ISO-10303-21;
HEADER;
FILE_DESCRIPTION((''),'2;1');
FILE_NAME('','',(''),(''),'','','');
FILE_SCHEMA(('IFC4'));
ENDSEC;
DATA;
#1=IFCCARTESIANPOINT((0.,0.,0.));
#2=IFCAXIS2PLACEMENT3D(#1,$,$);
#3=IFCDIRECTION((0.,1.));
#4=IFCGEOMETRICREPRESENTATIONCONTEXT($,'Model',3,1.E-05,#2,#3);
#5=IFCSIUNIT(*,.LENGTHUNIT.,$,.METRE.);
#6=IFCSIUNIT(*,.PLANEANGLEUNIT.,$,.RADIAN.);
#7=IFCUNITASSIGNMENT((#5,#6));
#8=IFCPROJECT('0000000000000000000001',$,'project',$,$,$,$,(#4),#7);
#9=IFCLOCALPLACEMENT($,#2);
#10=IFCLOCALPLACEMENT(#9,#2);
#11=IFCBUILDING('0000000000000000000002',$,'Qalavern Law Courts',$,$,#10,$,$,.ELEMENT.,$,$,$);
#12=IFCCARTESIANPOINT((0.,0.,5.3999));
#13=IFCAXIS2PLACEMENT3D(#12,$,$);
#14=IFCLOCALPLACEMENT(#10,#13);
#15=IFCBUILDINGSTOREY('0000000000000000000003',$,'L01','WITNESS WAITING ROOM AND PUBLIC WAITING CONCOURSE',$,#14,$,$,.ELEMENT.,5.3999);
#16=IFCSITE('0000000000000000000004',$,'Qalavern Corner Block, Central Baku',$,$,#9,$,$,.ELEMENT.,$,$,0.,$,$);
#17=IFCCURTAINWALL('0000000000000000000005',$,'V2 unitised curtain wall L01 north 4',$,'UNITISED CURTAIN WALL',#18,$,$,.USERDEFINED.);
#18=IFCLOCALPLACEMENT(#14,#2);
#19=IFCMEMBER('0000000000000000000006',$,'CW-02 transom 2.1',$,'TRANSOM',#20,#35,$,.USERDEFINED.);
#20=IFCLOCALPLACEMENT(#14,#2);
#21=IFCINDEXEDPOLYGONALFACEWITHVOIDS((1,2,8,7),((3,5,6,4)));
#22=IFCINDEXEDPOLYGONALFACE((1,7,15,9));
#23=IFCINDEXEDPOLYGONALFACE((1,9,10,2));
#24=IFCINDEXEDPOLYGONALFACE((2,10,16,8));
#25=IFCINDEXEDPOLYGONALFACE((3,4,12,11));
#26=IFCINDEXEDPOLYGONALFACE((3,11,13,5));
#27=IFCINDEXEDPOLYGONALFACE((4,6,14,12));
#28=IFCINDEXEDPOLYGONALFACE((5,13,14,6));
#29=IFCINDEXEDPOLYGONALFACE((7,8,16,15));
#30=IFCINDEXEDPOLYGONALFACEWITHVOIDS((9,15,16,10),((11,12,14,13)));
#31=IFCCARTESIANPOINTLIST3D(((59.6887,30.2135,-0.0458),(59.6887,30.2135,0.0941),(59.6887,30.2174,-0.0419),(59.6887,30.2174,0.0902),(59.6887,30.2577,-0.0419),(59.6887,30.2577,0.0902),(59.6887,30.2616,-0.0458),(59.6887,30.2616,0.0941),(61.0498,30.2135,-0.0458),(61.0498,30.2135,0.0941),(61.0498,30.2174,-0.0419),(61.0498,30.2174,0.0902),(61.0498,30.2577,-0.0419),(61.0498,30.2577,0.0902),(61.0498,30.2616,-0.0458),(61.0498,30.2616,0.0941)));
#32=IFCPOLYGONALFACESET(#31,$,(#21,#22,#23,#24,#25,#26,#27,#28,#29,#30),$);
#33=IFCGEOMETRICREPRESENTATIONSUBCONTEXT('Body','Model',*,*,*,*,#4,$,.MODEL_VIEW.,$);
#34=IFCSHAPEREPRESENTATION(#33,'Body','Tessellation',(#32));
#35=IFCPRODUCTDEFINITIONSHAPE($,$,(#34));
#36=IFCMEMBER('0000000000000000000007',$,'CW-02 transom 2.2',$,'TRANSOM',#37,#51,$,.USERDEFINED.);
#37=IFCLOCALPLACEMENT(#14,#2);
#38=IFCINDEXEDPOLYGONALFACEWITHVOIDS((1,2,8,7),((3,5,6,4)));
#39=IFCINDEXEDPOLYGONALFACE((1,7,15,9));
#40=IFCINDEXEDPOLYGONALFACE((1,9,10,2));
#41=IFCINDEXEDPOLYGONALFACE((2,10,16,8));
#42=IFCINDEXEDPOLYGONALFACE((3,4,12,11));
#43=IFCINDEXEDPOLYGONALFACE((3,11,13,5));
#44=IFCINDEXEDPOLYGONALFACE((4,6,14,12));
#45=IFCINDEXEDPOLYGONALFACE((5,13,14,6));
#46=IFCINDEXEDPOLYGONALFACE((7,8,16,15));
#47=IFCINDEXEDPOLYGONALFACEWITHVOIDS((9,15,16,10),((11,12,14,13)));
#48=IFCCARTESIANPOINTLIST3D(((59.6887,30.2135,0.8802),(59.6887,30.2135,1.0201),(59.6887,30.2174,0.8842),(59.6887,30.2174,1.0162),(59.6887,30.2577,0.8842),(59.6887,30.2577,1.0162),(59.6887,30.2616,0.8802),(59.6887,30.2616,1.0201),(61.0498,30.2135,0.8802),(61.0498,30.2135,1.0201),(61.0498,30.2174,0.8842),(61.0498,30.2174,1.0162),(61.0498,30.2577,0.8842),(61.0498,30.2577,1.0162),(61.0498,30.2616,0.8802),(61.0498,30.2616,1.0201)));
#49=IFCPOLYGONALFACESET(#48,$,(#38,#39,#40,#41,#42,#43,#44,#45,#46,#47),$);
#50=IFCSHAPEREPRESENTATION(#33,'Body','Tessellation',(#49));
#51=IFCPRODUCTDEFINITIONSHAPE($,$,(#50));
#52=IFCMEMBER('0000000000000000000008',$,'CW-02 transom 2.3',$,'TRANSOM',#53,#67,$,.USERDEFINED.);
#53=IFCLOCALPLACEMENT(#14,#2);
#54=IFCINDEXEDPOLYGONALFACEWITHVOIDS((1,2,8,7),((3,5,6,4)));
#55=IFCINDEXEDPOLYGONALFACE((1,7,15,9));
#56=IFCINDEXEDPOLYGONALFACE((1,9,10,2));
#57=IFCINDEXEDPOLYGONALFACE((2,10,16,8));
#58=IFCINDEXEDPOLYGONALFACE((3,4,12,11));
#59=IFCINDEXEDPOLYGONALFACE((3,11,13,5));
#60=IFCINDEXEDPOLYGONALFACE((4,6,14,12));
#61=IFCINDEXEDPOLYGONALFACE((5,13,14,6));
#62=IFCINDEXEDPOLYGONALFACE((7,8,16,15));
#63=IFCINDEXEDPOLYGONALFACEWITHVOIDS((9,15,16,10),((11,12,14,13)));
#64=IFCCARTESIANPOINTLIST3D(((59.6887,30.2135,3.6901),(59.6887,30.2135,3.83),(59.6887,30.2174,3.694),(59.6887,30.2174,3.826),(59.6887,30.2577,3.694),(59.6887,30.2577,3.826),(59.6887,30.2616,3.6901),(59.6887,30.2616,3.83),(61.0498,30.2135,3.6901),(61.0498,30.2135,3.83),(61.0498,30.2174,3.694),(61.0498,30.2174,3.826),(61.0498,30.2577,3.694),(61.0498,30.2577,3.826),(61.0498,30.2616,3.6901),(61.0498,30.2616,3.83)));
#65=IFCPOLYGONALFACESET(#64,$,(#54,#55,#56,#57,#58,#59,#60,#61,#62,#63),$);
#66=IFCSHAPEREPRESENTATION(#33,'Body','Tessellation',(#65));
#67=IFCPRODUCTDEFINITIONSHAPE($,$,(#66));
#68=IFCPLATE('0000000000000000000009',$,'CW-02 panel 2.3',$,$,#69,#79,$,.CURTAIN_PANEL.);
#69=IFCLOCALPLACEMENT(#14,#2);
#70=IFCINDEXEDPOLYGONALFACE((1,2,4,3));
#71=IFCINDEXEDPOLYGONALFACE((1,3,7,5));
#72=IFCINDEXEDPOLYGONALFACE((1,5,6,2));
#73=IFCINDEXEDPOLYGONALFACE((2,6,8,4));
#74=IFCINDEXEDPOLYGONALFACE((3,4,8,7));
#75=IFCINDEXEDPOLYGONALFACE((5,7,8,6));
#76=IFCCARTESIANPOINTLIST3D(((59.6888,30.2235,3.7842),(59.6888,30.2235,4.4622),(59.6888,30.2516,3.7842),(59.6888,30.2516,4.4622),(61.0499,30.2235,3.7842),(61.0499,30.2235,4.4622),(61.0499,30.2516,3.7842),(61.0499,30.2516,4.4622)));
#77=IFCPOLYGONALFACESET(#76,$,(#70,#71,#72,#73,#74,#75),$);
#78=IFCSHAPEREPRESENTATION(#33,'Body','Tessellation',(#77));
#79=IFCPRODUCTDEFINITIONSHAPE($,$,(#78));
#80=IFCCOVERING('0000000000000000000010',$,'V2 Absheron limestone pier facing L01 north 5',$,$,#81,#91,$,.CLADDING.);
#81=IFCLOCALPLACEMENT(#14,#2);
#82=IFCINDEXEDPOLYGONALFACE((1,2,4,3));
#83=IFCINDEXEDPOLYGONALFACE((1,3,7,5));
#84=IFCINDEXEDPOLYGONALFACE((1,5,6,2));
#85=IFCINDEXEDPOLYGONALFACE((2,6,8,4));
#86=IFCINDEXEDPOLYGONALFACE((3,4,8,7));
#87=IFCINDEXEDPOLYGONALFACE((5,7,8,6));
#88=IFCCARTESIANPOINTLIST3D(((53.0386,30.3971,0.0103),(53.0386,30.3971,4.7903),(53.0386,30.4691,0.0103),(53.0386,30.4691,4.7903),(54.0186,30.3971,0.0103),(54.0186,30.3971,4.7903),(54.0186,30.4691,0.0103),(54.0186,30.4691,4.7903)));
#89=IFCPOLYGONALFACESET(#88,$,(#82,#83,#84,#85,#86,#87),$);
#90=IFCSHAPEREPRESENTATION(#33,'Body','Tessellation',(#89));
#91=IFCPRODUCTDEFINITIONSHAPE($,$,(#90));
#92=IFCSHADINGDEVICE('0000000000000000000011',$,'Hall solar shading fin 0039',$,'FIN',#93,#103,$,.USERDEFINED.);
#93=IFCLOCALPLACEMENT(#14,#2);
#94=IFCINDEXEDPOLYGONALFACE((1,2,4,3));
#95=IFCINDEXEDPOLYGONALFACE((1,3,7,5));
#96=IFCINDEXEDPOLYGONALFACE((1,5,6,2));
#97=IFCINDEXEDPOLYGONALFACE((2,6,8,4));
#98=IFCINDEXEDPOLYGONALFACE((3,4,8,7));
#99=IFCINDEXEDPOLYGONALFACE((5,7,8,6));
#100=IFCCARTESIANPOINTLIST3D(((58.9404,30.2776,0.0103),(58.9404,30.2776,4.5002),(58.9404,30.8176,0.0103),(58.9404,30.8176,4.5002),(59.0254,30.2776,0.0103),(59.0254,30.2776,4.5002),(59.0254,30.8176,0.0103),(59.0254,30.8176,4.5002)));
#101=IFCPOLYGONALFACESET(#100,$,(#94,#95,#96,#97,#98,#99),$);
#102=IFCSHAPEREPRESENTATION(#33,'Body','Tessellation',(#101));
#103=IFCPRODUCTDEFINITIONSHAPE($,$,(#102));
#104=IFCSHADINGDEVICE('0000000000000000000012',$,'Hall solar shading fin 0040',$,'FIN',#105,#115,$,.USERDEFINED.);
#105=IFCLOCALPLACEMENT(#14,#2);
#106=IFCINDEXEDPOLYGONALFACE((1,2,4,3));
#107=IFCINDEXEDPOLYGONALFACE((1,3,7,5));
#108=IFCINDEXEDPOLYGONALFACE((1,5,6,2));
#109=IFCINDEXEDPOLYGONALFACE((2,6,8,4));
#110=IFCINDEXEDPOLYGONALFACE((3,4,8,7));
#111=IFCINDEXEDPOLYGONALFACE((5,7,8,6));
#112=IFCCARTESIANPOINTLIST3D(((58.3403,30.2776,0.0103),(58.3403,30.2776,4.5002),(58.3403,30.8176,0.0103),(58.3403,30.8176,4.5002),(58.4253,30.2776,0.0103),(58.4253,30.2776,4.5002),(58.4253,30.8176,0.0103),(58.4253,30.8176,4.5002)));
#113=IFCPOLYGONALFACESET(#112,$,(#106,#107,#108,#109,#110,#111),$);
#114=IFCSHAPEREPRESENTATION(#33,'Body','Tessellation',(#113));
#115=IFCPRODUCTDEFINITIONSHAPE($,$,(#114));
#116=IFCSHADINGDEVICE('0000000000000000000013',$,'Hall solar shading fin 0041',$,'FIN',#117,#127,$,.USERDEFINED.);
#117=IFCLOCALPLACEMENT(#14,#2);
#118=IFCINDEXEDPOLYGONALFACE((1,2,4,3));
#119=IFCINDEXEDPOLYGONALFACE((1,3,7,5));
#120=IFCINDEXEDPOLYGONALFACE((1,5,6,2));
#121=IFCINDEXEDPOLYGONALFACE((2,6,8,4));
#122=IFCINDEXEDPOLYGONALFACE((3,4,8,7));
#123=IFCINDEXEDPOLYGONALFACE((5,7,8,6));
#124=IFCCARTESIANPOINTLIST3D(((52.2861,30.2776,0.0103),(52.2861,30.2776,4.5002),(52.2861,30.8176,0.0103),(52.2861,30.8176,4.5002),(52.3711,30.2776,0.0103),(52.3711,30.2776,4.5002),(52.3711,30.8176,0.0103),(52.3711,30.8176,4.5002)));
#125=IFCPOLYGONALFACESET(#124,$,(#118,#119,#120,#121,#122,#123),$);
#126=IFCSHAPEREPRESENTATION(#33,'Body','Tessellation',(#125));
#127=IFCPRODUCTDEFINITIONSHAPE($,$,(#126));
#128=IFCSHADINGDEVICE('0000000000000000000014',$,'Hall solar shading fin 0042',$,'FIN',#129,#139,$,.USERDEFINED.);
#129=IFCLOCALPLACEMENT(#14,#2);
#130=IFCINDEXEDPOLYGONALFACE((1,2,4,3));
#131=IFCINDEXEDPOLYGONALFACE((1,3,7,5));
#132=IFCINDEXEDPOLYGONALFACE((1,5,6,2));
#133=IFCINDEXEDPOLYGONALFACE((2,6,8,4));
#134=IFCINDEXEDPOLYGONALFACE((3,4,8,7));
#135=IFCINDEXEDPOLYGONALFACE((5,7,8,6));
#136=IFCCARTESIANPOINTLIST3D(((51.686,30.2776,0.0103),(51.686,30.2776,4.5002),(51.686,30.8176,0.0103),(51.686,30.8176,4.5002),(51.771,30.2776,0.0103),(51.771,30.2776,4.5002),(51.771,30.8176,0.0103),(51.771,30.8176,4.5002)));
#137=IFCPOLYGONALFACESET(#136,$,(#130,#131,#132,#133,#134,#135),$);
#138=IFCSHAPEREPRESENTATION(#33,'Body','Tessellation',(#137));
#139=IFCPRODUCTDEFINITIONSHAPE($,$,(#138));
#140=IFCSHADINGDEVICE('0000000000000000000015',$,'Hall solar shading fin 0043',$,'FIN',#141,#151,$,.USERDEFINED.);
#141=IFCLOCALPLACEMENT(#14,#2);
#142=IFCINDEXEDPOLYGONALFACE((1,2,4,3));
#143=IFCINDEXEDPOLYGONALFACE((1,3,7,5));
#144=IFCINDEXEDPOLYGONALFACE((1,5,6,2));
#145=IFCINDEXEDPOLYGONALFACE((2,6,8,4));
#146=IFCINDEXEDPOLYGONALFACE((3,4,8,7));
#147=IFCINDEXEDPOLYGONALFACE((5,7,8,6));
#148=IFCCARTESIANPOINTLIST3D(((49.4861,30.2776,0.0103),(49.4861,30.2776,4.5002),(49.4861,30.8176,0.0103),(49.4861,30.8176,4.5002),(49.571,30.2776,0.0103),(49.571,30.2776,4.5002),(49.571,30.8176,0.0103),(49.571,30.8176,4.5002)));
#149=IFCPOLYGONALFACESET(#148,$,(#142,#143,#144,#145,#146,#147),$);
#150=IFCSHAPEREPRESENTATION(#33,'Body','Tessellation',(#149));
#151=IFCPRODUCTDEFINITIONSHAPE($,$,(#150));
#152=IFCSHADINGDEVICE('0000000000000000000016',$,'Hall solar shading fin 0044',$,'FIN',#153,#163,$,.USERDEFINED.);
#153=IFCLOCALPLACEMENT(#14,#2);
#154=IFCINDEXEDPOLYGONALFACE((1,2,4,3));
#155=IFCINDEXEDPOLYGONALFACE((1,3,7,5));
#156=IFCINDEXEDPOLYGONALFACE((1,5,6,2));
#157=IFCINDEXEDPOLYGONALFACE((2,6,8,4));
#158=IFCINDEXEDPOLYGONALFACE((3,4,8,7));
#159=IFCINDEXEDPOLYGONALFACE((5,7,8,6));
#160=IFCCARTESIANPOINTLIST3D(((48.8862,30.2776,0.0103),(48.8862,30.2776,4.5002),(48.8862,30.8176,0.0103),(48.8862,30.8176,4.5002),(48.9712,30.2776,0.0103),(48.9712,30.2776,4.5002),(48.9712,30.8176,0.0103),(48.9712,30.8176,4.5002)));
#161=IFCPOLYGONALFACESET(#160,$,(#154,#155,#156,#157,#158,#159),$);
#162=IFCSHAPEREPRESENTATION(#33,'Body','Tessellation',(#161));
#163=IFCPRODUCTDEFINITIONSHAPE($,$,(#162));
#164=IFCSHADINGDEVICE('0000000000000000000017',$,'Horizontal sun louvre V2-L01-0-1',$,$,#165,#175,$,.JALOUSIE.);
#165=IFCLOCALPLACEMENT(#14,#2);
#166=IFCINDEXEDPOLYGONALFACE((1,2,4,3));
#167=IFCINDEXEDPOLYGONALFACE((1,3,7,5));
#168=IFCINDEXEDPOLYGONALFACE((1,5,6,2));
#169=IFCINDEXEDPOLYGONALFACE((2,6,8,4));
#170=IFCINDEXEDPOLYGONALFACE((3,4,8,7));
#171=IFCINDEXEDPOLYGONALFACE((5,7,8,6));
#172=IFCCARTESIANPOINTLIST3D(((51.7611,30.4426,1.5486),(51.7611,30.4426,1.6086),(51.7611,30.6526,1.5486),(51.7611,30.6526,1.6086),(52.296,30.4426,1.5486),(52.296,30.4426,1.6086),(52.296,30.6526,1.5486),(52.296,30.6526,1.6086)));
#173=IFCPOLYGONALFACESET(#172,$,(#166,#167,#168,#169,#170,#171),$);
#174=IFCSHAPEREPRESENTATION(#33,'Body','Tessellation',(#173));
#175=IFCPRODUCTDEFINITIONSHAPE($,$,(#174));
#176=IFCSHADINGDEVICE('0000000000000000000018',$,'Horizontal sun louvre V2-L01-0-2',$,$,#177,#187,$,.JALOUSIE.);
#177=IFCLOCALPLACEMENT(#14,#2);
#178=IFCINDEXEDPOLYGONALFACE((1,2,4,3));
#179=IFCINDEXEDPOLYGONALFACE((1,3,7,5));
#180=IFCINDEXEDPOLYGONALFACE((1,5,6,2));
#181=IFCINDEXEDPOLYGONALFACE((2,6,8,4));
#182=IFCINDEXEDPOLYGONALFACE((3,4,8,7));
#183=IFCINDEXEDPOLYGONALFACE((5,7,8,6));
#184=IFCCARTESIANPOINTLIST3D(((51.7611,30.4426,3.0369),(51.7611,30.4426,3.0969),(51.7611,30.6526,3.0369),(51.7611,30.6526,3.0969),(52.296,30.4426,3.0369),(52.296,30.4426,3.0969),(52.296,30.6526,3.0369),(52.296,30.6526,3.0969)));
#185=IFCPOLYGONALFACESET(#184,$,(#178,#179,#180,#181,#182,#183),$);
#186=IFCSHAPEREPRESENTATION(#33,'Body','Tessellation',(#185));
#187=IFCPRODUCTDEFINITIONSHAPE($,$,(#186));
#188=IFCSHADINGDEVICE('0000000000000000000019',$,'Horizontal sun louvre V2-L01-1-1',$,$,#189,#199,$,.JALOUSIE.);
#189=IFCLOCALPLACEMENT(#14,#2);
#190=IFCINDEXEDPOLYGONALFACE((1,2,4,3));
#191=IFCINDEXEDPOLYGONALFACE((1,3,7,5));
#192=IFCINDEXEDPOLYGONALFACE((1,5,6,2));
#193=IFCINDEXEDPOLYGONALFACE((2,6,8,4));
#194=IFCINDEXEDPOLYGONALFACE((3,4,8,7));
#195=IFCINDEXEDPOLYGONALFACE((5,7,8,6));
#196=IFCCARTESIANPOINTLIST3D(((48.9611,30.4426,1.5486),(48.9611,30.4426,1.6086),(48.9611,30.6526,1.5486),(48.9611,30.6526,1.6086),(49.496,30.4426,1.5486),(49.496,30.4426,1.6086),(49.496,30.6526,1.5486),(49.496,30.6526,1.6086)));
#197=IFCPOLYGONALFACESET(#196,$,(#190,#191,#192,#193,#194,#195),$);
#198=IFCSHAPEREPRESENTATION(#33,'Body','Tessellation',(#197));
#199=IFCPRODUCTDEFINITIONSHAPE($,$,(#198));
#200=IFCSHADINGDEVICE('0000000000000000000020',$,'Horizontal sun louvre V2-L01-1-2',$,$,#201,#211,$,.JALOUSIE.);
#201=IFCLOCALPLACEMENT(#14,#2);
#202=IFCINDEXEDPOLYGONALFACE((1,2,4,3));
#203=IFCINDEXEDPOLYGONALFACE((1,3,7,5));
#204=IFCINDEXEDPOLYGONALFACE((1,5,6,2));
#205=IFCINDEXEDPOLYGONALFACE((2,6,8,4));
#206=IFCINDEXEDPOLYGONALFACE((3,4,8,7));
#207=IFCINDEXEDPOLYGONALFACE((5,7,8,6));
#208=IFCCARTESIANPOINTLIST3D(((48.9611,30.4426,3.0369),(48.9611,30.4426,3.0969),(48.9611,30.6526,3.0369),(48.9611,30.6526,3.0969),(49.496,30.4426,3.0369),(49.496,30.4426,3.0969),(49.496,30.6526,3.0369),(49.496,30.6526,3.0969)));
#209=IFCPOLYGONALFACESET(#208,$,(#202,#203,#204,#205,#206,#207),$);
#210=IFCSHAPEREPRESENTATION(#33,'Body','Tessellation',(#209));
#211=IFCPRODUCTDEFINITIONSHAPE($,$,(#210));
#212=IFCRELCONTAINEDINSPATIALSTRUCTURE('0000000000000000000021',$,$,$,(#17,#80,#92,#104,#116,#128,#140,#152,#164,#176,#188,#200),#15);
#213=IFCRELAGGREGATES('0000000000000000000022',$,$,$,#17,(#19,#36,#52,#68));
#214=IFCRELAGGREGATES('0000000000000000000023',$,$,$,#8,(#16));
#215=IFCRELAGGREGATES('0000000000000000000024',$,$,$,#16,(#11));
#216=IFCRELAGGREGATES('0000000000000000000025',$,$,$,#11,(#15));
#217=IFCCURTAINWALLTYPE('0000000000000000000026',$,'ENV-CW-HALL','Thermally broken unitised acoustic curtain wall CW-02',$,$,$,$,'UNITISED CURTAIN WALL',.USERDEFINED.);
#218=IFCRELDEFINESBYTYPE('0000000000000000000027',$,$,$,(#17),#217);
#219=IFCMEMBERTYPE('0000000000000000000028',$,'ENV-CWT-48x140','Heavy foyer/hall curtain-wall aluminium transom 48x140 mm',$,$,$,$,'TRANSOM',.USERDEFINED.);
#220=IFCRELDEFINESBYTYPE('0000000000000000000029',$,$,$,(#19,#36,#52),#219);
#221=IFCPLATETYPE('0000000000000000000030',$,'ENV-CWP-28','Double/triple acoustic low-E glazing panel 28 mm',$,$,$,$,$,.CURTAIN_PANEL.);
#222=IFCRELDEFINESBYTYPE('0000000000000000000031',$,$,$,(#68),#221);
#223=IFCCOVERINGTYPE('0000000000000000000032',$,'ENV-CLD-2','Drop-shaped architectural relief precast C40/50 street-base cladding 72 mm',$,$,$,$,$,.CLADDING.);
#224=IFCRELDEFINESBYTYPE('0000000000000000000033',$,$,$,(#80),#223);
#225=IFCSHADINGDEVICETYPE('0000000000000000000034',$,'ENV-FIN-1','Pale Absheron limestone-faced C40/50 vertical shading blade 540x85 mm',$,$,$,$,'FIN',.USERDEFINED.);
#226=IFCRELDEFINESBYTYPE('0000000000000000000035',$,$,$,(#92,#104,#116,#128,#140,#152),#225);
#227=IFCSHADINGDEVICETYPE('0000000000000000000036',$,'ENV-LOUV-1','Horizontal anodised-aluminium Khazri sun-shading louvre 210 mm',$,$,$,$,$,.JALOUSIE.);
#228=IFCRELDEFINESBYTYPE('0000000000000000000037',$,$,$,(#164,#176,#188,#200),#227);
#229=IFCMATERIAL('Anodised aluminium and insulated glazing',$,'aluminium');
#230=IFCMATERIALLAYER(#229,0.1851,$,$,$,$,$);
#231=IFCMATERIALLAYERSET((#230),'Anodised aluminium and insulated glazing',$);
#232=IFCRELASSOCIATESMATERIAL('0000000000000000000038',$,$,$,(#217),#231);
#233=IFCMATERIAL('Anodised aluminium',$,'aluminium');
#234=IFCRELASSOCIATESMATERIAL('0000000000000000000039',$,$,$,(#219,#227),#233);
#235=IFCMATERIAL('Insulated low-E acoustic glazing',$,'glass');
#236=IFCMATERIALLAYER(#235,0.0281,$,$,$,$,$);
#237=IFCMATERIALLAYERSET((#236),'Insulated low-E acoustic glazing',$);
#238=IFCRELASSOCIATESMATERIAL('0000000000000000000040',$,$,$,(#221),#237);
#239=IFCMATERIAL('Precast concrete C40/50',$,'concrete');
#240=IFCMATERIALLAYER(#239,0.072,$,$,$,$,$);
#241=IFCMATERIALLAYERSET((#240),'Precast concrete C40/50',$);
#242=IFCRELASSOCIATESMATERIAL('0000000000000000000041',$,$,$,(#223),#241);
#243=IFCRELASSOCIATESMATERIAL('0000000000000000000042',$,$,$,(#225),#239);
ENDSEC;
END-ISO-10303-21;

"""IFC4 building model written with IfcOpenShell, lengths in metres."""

from ifc_helpers import new_model, si_unit, direction, frame, origin, origin_2d, place, context, subcontext, project, spatial, rectangle, hollow_rectangle, extrude, material, layer, layer_set, material_profile, profile_set, type_object, element, aggregate, save


model = new_model("IFC4")

# Units and contexts
model_context = context("Model", 3, precision=1e-05, world=origin(), true_north=direction((0.0, 1.0)))
body_context = subcontext(model_context, "Body", "Model", "MODEL_VIEW")
ifc_project = project(units=[si_unit("LENGTHUNIT", "METRE"), si_unit("PLANEANGLEUNIT", "RADIAN")], contexts=[model_context])

# Site, building, storey
site_placement = place(None, origin())
site = spatial("IfcSite", under=ifc_project, at=site_placement, Name="Qalavern Corner Block, Central Baku", CompositionType="ELEMENT", RefElevation=0.0)
building_placement = place(site_placement, origin())
building = spatial("IfcBuilding", under=site, at=building_placement, Name="Qalavern Law Courts", CompositionType="ELEMENT")
storey_placement = place(building_placement, frame((0.0, 0.0, 5.3999)))
storey = spatial("IfcBuildingStorey", under=building, at=storey_placement, Name="L01", Description="WITNESS WAITING ROOM AND PUBLIC WAITING CONCOURSE", CompositionType="ELEMENT", Elevation=5.3999)

# Curtain wall, members, plate
ifc_material_1 = material(Name="Anodised aluminium and insulated glazing", Category="aluminium")
ifc_layer_1 = layer(ifc_material_1, 0.1851)
ifc_layer_set_1 = layer_set([ifc_layer_1], Name="Anodised aluminium and insulated glazing")
curtain_wall_type = type_object("IfcCurtainWallType", Name="ENV-CW-HALL", Description="Thermally broken unitised acoustic curtain wall CW-02", ElementType="UNITISED CURTAIN WALL", PredefinedType="USERDEFINED", material=ifc_layer_set_1)
curtain_wall_placement = place(storey_placement, origin())
curtain_wall = element("IfcCurtainWall", 1, at=curtain_wall_placement, inside=storey, type_object=curtain_wall_type, Name="V2 unitised curtain wall L01 north 4", ObjectType="UNITISED CURTAIN WALL", PredefinedType="USERDEFINED")
ifc_material_2 = material(Name="Anodised aluminium", Category="aluminium")
ifc_material_profile = material_profile(ifc_material_2, hollow_rectangle(XDim=0.0481, YDim=0.1399, WallThickness=0.0039, at=origin_2d()), Name="ALU TRANSOM 48x140")
ifc_profile_set = profile_set([ifc_material_profile], Name="Anodised aluminium")
member_type = type_object("IfcMemberType", Name="ENV-CWT-48x140", Description="Heavy foyer/hall curtain-wall aluminium transom 48x140 mm", ElementType="TRANSOM", PredefinedType="USERDEFINED", material=ifc_profile_set)
member_1_placement = place(storey_placement, frame((61.0498, 30.2375, 0.0242), z_axis=(-1.0, 0.0, 0.0), x_axis=(0.0, -1.0, 0.0)))
member_1 = element("IfcMember", 2, at=member_1_placement, type_object=member_type, Name="CW-02 transom 2.1", ObjectType="TRANSOM", PredefinedType="USERDEFINED", context=body_context, shape_type="SweptSolid", body=[
    extrude(hollow_rectangle(XDim=0.0481, YDim=0.1399, WallThickness=0.0039, at=origin_2d()), origin(), (0.0, 0.0, 1.0), 1.3611),
])
member_2_placement = place(storey_placement, frame((61.0498, 30.2375, 0.9502), z_axis=(-1.0, 0.0, 0.0), x_axis=(0.0, -1.0, 0.0)))
member_2 = element("IfcMember", 3, at=member_2_placement, type_object=member_type, Name="CW-02 transom 2.2", ObjectType="TRANSOM", PredefinedType="USERDEFINED", context=body_context, shape_type="SweptSolid", body=[
    extrude(hollow_rectangle(XDim=0.0481, YDim=0.1399, WallThickness=0.0039, at=origin_2d()), origin(), (0.0, 0.0, 1.0), 1.3611),
])
member_3_placement = place(storey_placement, frame((61.0498, 30.2375, 3.76), z_axis=(-1.0, 0.0, 0.0), x_axis=(0.0, -1.0, 0.0)))
member_3 = element("IfcMember", 4, at=member_3_placement, type_object=member_type, Name="CW-02 transom 2.3", ObjectType="TRANSOM", PredefinedType="USERDEFINED", context=body_context, shape_type="SweptSolid", body=[
    extrude(hollow_rectangle(XDim=0.0481, YDim=0.1399, WallThickness=0.0039, at=origin_2d()), origin(), (0.0, 0.0, 1.0), 1.3611),
])
ifc_material_3 = material(Name="Insulated low-E acoustic glazing", Category="glass")
ifc_layer_2 = layer(ifc_material_3, 0.0281)
ifc_layer_set_2 = layer_set([ifc_layer_2], Name="Insulated low-E acoustic glazing")
plate_type = type_object("IfcPlateType", Name="ENV-CWP-28", Description="Double/triple acoustic low-E glazing panel 28 mm", PredefinedType="CURTAIN_PANEL", material=ifc_layer_set_2)
plate_placement = place(storey_placement, frame((60.3694, 30.2375, 3.7842), z_axis=(0.0, 0.0, 1.0), x_axis=(-1.0, 0.0, 0.0)))
plate = element("IfcPlate", 5, at=plate_placement, type_object=plate_type, Name="CW-02 panel 2.3", PredefinedType="CURTAIN_PANEL", context=body_context, shape_type="SweptSolid", body=[
    extrude(rectangle(XDim=1.3611, YDim=0.0281, at=origin_2d()), origin(), (0.0, 0.0, 1.0), 0.678),
])
aggregate(curtain_wall, [member_1, member_2, member_3, plate])

# Covering
ifc_material_4 = material(Name="Precast concrete C40/50", Category="concrete")
ifc_layer_3 = layer(ifc_material_4, 0.072)
ifc_layer_set_3 = layer_set([ifc_layer_3], Name="Precast concrete C40/50")
covering_type = type_object("IfcCoveringType", Name="ENV-CLD-2", Description="Drop-shaped architectural relief precast C40/50 street-base cladding 72 mm", PredefinedType="CLADDING", material=ifc_layer_set_3)
covering_placement = place(storey_placement, frame((53.5286, 30.4331, 0.0103), z_axis=(0.0, 0.0, 1.0), x_axis=(-1.0, 0.0, 0.0)))
element("IfcCovering", 6, at=covering_placement, inside=storey, type_object=covering_type, Name="V2 Absheron limestone pier facing L01 north 5", PredefinedType="CLADDING", context=body_context, shape_type="SweptSolid", body=[
    extrude(rectangle(XDim=0.98, YDim=0.072, at=origin_2d()), origin(), (0.0, 0.0, 1.0), 4.78),
])

# Shading devices
shading_device_type_1 = type_object("IfcShadingDeviceType", Name="ENV-FIN-1", Description="Pale Absheron limestone-faced C40/50 vertical shading blade 540x85 mm", ElementType="FIN", PredefinedType="USERDEFINED", material=ifc_material_4)
for number, where, z_axis, x_axis, name in (
    (7, (58.9829, 30.5476, 0.0103), (0.0, 0.0, 1.0), (0.0, 1.0, 0.0), "Hall solar shading fin 0039"),
    (8, (58.3828, 30.5476, 0.0103), (0.0, 0.0, 1.0), (0.0, 1.0, 0.0), "Hall solar shading fin 0040"),
    (9, (52.3286, 30.5476, 0.0103), (0.0, 0.0, 1.0), (0.0, 1.0, 0.0), "Hall solar shading fin 0041"),
    (10, (51.7285, 30.5476, 0.0103), (0.0, 0.0, 1.0), (0.0, 1.0, 0.0), "Hall solar shading fin 0042"),
    (11, (49.5286, 30.5476, 0.0103), (0.0, 0.0, 1.0), (0.0, 1.0, 0.0), "Hall solar shading fin 0043"),
    (12, (48.9287, 30.5476, 0.0103), (0.0, 0.0, 1.0), (0.0, 1.0, 0.0), "Hall solar shading fin 0044"),
):
    element("IfcShadingDevice", number, at=place(storey_placement, frame(where, z_axis=z_axis, x_axis=x_axis)), inside=storey, type_object=shading_device_type_1, Name=name, ObjectType="FIN", PredefinedType="USERDEFINED", context=body_context, shape_type="SweptSolid", body=[
        extrude(rectangle(XDim=0.54, YDim=0.085, at=origin_2d()), origin(), (0.0, 0.0, 1.0), 4.49),
    ])
shading_device_type_2 = type_object("IfcShadingDeviceType", Name="ENV-LOUV-1", Description="Horizontal anodised-aluminium Khazri sun-shading louvre 210 mm", PredefinedType="JALOUSIE", material=ifc_material_2)
for number, where, z_axis, x_axis, name in (
    (13, (52.0286, 30.5476, 1.5486), (0.0, 0.0, 1.0), (-1.0, 0.0, 0.0), "Horizontal sun louvre V2-L01-0-1"),
    (14, (52.0286, 30.5476, 3.0369), (0.0, 0.0, 1.0), (-1.0, 0.0, 0.0), "Horizontal sun louvre V2-L01-0-2"),
    (15, (49.2285, 30.5476, 1.5486), (0.0, 0.0, 1.0), (-1.0, 0.0, 0.0), "Horizontal sun louvre V2-L01-1-1"),
    (16, (49.2285, 30.5476, 3.0369), (0.0, 0.0, 1.0), (-1.0, 0.0, 0.0), "Horizontal sun louvre V2-L01-1-2"),
):
    element("IfcShadingDevice", number, at=place(storey_placement, frame(where, z_axis=z_axis, x_axis=x_axis)), inside=storey, type_object=shading_device_type_2, Name=name, PredefinedType="JALOUSIE", context=body_context, shape_type="SweptSolid", body=[
        extrude(rectangle(XDim=0.5349, YDim=0.21, at=origin_2d()), origin(), (0.0, 0.0, 1.0), 0.0601),
    ])

save(model, "model.ifc")
